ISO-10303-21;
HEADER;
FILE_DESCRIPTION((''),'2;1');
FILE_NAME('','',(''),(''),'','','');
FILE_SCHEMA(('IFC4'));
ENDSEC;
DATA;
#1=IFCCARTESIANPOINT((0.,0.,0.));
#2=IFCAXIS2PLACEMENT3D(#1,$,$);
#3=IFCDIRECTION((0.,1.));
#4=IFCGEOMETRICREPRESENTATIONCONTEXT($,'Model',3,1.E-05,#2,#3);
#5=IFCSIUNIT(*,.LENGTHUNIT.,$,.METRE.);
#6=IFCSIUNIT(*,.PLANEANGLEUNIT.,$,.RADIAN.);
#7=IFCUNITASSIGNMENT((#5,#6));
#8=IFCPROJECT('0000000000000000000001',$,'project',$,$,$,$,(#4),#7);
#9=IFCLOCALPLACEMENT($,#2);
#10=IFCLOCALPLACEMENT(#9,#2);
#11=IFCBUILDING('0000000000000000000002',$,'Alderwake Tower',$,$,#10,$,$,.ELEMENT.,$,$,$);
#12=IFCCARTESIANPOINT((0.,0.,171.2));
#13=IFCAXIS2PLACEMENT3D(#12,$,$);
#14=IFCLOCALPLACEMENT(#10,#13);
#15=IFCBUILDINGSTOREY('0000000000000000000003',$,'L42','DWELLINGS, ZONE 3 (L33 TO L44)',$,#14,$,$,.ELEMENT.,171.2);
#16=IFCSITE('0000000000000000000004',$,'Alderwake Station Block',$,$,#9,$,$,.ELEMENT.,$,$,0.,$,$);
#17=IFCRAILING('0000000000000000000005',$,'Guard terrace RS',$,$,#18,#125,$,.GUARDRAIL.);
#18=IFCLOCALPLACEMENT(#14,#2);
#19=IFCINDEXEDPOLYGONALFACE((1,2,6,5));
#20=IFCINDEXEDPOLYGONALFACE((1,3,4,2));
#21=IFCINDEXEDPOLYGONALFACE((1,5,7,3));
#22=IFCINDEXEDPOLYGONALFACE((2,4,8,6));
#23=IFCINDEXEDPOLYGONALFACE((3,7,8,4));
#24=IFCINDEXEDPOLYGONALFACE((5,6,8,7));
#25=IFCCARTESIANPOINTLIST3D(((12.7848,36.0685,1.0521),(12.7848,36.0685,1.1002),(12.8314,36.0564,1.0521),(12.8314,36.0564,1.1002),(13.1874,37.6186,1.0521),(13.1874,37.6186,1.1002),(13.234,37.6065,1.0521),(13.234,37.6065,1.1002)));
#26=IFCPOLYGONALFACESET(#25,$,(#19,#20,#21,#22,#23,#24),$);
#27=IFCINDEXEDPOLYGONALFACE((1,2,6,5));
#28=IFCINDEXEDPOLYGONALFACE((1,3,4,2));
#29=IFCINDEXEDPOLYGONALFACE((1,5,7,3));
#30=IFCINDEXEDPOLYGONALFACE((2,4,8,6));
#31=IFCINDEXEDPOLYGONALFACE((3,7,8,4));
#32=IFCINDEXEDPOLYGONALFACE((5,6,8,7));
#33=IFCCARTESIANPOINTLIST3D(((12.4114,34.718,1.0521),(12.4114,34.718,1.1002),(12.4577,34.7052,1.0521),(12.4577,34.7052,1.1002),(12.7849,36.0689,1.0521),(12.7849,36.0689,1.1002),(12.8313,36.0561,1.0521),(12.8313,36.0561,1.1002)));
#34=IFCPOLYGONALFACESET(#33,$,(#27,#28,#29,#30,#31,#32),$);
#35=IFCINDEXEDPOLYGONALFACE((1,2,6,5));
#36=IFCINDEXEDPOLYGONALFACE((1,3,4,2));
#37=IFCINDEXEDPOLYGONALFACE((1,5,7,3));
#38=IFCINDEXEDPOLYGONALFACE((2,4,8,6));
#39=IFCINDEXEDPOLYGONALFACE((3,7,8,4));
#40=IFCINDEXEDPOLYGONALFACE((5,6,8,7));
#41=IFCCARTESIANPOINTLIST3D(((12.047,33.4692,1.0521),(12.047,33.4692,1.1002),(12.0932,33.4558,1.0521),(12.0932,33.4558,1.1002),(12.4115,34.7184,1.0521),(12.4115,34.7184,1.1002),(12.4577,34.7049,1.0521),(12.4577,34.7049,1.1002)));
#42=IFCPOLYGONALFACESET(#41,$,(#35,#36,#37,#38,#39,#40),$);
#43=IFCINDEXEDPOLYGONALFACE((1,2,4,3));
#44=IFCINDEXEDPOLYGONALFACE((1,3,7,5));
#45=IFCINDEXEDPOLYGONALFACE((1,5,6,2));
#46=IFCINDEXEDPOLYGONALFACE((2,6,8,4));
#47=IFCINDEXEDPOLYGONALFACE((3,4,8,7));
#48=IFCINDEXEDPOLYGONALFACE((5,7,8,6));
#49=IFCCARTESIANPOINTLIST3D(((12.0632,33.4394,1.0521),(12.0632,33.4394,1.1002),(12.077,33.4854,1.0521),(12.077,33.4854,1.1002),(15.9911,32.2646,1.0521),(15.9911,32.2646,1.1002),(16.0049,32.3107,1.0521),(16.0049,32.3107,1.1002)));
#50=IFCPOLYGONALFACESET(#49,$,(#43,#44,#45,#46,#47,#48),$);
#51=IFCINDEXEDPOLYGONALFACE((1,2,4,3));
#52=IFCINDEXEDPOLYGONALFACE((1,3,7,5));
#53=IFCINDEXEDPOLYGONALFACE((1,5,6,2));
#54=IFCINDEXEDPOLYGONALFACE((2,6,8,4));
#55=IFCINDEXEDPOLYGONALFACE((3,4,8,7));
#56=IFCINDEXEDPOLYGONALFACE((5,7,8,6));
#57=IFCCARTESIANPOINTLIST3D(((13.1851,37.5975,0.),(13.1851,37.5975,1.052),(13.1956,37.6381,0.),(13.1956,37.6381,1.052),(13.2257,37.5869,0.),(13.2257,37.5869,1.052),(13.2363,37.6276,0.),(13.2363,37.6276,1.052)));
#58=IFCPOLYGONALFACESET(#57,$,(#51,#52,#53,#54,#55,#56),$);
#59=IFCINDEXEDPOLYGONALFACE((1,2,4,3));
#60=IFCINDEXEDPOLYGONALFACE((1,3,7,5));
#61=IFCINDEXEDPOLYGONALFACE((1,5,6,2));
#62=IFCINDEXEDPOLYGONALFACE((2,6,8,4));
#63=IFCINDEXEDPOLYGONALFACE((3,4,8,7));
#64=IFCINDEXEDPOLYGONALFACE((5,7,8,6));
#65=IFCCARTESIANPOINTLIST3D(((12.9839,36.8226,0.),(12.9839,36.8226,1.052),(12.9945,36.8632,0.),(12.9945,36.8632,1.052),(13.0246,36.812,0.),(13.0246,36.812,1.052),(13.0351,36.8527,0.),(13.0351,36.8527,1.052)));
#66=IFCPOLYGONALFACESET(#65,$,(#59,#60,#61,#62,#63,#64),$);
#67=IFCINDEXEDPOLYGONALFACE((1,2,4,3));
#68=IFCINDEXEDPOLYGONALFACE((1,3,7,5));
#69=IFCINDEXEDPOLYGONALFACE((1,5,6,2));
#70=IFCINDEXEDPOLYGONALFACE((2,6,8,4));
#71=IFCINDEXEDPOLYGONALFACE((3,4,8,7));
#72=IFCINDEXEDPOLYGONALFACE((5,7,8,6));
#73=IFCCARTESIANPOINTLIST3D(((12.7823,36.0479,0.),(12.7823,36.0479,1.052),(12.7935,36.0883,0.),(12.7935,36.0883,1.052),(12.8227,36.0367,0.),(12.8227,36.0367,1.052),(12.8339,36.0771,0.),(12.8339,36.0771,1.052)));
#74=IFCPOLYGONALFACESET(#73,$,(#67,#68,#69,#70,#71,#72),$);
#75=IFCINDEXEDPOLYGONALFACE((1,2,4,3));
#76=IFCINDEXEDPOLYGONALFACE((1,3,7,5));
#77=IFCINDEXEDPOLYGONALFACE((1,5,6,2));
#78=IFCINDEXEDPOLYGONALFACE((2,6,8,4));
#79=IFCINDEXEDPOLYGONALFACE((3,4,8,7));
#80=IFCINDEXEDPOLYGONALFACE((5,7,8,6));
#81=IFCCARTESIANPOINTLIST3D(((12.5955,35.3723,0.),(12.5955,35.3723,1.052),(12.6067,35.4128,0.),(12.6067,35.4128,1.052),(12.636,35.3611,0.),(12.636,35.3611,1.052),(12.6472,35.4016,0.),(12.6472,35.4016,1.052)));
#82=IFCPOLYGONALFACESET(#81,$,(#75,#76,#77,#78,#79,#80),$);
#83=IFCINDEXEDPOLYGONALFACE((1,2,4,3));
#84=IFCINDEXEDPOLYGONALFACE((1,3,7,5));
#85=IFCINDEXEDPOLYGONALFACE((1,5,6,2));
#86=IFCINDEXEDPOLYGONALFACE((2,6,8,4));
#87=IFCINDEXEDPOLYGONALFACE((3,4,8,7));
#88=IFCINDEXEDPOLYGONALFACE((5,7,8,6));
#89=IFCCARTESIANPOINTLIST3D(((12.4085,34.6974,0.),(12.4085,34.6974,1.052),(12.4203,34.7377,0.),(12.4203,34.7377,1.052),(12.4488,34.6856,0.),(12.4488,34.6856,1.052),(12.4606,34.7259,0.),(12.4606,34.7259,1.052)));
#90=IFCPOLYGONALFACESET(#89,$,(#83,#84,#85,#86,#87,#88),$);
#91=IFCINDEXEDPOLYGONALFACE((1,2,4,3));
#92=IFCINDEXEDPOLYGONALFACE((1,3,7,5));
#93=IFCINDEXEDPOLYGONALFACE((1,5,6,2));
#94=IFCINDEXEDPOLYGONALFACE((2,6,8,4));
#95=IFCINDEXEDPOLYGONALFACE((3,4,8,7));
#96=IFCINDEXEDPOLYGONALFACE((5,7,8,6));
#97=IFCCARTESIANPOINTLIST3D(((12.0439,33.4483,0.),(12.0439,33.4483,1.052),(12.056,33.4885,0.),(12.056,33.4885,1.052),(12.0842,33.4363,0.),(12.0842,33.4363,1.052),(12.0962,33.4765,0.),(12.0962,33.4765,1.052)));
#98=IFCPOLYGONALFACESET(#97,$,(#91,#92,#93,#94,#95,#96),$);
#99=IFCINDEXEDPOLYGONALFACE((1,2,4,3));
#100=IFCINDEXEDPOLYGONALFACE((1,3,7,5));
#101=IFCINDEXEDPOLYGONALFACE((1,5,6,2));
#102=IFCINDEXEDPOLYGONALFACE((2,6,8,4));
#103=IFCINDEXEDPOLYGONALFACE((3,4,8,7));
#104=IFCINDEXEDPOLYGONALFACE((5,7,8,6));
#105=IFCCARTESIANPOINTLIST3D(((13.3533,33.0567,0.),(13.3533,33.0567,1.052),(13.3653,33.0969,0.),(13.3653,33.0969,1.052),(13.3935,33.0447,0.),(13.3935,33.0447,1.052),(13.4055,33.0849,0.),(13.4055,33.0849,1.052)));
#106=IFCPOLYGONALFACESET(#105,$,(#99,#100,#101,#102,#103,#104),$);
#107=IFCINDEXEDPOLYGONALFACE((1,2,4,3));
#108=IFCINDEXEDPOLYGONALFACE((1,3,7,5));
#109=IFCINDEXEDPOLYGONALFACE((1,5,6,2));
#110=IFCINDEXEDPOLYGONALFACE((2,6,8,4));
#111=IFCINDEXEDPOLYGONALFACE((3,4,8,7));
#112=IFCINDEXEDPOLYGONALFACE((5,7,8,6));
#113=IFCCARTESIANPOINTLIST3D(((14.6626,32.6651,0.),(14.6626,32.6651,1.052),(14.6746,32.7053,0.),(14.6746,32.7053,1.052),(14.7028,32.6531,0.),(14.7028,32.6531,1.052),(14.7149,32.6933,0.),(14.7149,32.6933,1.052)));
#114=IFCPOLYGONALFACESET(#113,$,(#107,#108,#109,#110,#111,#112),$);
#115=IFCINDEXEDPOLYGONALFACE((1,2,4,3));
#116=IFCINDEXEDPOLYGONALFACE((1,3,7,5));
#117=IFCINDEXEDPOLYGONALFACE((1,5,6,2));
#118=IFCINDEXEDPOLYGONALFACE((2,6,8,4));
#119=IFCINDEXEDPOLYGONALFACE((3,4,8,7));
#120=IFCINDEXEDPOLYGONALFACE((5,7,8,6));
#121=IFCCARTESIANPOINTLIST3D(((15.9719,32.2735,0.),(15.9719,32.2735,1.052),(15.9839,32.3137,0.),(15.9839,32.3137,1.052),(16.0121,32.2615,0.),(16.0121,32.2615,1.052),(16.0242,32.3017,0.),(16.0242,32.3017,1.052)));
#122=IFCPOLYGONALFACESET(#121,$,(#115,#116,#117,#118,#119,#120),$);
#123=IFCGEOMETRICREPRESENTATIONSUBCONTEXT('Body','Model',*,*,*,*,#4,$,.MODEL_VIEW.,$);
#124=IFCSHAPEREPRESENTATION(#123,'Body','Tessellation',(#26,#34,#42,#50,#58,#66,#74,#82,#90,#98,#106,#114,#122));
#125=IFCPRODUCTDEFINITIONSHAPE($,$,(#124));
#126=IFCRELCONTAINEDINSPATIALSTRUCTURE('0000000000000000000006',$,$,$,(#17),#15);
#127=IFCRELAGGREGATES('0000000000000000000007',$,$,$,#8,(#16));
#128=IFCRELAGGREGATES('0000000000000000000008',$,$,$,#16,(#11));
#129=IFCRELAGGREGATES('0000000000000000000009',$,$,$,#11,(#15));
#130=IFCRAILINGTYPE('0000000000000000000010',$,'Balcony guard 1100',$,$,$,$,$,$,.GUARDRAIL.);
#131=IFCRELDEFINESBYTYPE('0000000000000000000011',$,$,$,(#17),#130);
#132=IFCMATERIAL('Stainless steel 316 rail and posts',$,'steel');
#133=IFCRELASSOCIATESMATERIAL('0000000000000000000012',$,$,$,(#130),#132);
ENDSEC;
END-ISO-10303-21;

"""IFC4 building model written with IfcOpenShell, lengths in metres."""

from ifc_helpers import new_model, si_unit, direction, frame, origin, origin_2d, place, context, subcontext, project, spatial, rectangle, extrude, material, type_object, element, save


model = new_model("IFC4")

# Units and contexts
model_context = context("Model", 3, precision=1e-05, world=origin(), true_north=direction((0.0, 1.0)))
body_context = subcontext(model_context, "Body", "Model", "MODEL_VIEW")
ifc_project = project(units=[si_unit("LENGTHUNIT", "METRE"), si_unit("PLANEANGLEUNIT", "RADIAN")], contexts=[model_context])

# Site, building, storey
site_placement = place(None, origin())
site = spatial("IfcSite", under=ifc_project, at=site_placement, Name="Alderwake Station Block", CompositionType="ELEMENT", RefElevation=0.0)
building_placement = place(site_placement, origin())
building = spatial("IfcBuilding", under=site, at=building_placement, Name="Alderwake Tower", CompositionType="ELEMENT")
storey_placement = place(building_placement, frame((0.0, 0.0, 171.2)))
storey = spatial("IfcBuildingStorey", under=building, at=storey_placement, Name="L42", Description="DWELLINGS, ZONE 3 (L33 TO L44)", CompositionType="ELEMENT", Elevation=171.2)

# Railing
ifc_material_1 = material(Name="Stainless steel 316 rail and posts", Category="steel")
railing_type = type_object("IfcRailingType", Name="Balcony guard 1100", PredefinedType="GUARDRAIL", material=ifc_material_1)
railing_placement = place(storey_placement, frame((13.2107, 37.6125, 0.0)))
element("IfcRailing", 1, at=railing_placement, inside=storey, type_object=railing_type, Name="Guard terrace RS", PredefinedType="GUARDRAIL", context=body_context, shape_type="SweptSolid", body=[
    extrude(rectangle(XDim=0.0481, YDim=0.0481, at=origin_2d()), frame((0.0, 0.0, 1.0762), z_axis=(-0.251385, -0.967887, 0.0), x_axis=(0.967887, -0.251385, 0.0)), (0.0, 0.0, 1.0), 1.6016),
    extrude(rectangle(XDim=0.0481, YDim=0.0481, at=origin_2d()), frame((-0.4026, -1.55, 1.0762), z_axis=(-0.266521, -0.963829, 0.0), x_axis=(0.963829, -0.266521, 0.0)), (0.0, 0.0, 1.0), 1.4016),
    extrude(rectangle(XDim=0.0481, YDim=0.0481, at=origin_2d()), frame((-0.7761, -2.9009, 1.0762), z_axis=(-0.280094, -0.959973, 0.0), x_axis=(0.959973, -0.280094, 0.0)), (0.0, 0.0, 1.0), 1.3013),
    extrude(rectangle(XDim=0.0481, YDim=0.0481, at=origin_2d()), frame((-1.1406, -4.1501, 1.0762), z_axis=(0.958067, -0.286545, 0.0), x_axis=(0.286545, 0.958067, 0.0)), (0.0, 0.0, 1.0), 4.0999),
    extrude(rectangle(XDim=0.042, YDim=0.042, at=origin_2d()), frame((0.0, 0.0, 0.0), z_axis=(0.0, 0.0, 1.0), x_axis=(-0.251385, -0.967887, 0.0)), (0.0, 0.0, 1.0), 1.052),
    extrude(rectangle(XDim=0.042, YDim=0.042, at=origin_2d()), frame((-0.2012, -0.7749, 0.0), z_axis=(0.0, 0.0, 1.0), x_axis=(-0.251385, -0.967887, 0.0)), (0.0, 0.0, 1.0), 1.052),
    extrude(rectangle(XDim=0.042, YDim=0.042, at=origin_2d()), frame((-0.4026, -1.55, 0.0), z_axis=(0.0, 0.0, 1.0), x_axis=(-0.266521, -0.963829, 0.0)), (0.0, 0.0, 1.0), 1.052),
    extrude(rectangle(XDim=0.042, YDim=0.042, at=origin_2d()), frame((-0.5894, -2.2256, 0.0), z_axis=(0.0, 0.0, 1.0), x_axis=(-0.266521, -0.963829, 0.0)), (0.0, 0.0, 1.0), 1.052),
    extrude(rectangle(XDim=0.042, YDim=0.042, at=origin_2d()), frame((-0.7761, -2.9009, 0.0), z_axis=(0.0, 0.0, 1.0), x_axis=(-0.280094, -0.959973, 0.0)), (0.0, 0.0, 1.0), 1.052),
    extrude(rectangle(XDim=0.042, YDim=0.042, at=origin_2d()), frame((-1.1406, -4.1501, 0.0), z_axis=(0.0, 0.0, 1.0), x_axis=(0.958067, -0.286545, 0.0)), (0.0, 0.0, 1.0), 1.052),
    extrude(rectangle(XDim=0.042, YDim=0.042, at=origin_2d()), frame((0.1687, -4.5417, 0.0), z_axis=(0.0, 0.0, 1.0), x_axis=(0.958067, -0.286545, 0.0)), (0.0, 0.0, 1.0), 1.052),
    extrude(rectangle(XDim=0.042, YDim=0.042, at=origin_2d()), frame((1.478, -4.9333, 0.0), z_axis=(0.0, 0.0, 1.0), x_axis=(0.958067, -0.286545, 0.0)), (0.0, 0.0, 1.0), 1.052),
    extrude(rectangle(XDim=0.042, YDim=0.042, at=origin_2d()), frame((2.7874, -5.325, 0.0), z_axis=(0.0, 0.0, 1.0), x_axis=(0.958067, -0.286545, 0.0)), (0.0, 0.0, 1.0), 1.052),
])

save(model, "model.ifc")
